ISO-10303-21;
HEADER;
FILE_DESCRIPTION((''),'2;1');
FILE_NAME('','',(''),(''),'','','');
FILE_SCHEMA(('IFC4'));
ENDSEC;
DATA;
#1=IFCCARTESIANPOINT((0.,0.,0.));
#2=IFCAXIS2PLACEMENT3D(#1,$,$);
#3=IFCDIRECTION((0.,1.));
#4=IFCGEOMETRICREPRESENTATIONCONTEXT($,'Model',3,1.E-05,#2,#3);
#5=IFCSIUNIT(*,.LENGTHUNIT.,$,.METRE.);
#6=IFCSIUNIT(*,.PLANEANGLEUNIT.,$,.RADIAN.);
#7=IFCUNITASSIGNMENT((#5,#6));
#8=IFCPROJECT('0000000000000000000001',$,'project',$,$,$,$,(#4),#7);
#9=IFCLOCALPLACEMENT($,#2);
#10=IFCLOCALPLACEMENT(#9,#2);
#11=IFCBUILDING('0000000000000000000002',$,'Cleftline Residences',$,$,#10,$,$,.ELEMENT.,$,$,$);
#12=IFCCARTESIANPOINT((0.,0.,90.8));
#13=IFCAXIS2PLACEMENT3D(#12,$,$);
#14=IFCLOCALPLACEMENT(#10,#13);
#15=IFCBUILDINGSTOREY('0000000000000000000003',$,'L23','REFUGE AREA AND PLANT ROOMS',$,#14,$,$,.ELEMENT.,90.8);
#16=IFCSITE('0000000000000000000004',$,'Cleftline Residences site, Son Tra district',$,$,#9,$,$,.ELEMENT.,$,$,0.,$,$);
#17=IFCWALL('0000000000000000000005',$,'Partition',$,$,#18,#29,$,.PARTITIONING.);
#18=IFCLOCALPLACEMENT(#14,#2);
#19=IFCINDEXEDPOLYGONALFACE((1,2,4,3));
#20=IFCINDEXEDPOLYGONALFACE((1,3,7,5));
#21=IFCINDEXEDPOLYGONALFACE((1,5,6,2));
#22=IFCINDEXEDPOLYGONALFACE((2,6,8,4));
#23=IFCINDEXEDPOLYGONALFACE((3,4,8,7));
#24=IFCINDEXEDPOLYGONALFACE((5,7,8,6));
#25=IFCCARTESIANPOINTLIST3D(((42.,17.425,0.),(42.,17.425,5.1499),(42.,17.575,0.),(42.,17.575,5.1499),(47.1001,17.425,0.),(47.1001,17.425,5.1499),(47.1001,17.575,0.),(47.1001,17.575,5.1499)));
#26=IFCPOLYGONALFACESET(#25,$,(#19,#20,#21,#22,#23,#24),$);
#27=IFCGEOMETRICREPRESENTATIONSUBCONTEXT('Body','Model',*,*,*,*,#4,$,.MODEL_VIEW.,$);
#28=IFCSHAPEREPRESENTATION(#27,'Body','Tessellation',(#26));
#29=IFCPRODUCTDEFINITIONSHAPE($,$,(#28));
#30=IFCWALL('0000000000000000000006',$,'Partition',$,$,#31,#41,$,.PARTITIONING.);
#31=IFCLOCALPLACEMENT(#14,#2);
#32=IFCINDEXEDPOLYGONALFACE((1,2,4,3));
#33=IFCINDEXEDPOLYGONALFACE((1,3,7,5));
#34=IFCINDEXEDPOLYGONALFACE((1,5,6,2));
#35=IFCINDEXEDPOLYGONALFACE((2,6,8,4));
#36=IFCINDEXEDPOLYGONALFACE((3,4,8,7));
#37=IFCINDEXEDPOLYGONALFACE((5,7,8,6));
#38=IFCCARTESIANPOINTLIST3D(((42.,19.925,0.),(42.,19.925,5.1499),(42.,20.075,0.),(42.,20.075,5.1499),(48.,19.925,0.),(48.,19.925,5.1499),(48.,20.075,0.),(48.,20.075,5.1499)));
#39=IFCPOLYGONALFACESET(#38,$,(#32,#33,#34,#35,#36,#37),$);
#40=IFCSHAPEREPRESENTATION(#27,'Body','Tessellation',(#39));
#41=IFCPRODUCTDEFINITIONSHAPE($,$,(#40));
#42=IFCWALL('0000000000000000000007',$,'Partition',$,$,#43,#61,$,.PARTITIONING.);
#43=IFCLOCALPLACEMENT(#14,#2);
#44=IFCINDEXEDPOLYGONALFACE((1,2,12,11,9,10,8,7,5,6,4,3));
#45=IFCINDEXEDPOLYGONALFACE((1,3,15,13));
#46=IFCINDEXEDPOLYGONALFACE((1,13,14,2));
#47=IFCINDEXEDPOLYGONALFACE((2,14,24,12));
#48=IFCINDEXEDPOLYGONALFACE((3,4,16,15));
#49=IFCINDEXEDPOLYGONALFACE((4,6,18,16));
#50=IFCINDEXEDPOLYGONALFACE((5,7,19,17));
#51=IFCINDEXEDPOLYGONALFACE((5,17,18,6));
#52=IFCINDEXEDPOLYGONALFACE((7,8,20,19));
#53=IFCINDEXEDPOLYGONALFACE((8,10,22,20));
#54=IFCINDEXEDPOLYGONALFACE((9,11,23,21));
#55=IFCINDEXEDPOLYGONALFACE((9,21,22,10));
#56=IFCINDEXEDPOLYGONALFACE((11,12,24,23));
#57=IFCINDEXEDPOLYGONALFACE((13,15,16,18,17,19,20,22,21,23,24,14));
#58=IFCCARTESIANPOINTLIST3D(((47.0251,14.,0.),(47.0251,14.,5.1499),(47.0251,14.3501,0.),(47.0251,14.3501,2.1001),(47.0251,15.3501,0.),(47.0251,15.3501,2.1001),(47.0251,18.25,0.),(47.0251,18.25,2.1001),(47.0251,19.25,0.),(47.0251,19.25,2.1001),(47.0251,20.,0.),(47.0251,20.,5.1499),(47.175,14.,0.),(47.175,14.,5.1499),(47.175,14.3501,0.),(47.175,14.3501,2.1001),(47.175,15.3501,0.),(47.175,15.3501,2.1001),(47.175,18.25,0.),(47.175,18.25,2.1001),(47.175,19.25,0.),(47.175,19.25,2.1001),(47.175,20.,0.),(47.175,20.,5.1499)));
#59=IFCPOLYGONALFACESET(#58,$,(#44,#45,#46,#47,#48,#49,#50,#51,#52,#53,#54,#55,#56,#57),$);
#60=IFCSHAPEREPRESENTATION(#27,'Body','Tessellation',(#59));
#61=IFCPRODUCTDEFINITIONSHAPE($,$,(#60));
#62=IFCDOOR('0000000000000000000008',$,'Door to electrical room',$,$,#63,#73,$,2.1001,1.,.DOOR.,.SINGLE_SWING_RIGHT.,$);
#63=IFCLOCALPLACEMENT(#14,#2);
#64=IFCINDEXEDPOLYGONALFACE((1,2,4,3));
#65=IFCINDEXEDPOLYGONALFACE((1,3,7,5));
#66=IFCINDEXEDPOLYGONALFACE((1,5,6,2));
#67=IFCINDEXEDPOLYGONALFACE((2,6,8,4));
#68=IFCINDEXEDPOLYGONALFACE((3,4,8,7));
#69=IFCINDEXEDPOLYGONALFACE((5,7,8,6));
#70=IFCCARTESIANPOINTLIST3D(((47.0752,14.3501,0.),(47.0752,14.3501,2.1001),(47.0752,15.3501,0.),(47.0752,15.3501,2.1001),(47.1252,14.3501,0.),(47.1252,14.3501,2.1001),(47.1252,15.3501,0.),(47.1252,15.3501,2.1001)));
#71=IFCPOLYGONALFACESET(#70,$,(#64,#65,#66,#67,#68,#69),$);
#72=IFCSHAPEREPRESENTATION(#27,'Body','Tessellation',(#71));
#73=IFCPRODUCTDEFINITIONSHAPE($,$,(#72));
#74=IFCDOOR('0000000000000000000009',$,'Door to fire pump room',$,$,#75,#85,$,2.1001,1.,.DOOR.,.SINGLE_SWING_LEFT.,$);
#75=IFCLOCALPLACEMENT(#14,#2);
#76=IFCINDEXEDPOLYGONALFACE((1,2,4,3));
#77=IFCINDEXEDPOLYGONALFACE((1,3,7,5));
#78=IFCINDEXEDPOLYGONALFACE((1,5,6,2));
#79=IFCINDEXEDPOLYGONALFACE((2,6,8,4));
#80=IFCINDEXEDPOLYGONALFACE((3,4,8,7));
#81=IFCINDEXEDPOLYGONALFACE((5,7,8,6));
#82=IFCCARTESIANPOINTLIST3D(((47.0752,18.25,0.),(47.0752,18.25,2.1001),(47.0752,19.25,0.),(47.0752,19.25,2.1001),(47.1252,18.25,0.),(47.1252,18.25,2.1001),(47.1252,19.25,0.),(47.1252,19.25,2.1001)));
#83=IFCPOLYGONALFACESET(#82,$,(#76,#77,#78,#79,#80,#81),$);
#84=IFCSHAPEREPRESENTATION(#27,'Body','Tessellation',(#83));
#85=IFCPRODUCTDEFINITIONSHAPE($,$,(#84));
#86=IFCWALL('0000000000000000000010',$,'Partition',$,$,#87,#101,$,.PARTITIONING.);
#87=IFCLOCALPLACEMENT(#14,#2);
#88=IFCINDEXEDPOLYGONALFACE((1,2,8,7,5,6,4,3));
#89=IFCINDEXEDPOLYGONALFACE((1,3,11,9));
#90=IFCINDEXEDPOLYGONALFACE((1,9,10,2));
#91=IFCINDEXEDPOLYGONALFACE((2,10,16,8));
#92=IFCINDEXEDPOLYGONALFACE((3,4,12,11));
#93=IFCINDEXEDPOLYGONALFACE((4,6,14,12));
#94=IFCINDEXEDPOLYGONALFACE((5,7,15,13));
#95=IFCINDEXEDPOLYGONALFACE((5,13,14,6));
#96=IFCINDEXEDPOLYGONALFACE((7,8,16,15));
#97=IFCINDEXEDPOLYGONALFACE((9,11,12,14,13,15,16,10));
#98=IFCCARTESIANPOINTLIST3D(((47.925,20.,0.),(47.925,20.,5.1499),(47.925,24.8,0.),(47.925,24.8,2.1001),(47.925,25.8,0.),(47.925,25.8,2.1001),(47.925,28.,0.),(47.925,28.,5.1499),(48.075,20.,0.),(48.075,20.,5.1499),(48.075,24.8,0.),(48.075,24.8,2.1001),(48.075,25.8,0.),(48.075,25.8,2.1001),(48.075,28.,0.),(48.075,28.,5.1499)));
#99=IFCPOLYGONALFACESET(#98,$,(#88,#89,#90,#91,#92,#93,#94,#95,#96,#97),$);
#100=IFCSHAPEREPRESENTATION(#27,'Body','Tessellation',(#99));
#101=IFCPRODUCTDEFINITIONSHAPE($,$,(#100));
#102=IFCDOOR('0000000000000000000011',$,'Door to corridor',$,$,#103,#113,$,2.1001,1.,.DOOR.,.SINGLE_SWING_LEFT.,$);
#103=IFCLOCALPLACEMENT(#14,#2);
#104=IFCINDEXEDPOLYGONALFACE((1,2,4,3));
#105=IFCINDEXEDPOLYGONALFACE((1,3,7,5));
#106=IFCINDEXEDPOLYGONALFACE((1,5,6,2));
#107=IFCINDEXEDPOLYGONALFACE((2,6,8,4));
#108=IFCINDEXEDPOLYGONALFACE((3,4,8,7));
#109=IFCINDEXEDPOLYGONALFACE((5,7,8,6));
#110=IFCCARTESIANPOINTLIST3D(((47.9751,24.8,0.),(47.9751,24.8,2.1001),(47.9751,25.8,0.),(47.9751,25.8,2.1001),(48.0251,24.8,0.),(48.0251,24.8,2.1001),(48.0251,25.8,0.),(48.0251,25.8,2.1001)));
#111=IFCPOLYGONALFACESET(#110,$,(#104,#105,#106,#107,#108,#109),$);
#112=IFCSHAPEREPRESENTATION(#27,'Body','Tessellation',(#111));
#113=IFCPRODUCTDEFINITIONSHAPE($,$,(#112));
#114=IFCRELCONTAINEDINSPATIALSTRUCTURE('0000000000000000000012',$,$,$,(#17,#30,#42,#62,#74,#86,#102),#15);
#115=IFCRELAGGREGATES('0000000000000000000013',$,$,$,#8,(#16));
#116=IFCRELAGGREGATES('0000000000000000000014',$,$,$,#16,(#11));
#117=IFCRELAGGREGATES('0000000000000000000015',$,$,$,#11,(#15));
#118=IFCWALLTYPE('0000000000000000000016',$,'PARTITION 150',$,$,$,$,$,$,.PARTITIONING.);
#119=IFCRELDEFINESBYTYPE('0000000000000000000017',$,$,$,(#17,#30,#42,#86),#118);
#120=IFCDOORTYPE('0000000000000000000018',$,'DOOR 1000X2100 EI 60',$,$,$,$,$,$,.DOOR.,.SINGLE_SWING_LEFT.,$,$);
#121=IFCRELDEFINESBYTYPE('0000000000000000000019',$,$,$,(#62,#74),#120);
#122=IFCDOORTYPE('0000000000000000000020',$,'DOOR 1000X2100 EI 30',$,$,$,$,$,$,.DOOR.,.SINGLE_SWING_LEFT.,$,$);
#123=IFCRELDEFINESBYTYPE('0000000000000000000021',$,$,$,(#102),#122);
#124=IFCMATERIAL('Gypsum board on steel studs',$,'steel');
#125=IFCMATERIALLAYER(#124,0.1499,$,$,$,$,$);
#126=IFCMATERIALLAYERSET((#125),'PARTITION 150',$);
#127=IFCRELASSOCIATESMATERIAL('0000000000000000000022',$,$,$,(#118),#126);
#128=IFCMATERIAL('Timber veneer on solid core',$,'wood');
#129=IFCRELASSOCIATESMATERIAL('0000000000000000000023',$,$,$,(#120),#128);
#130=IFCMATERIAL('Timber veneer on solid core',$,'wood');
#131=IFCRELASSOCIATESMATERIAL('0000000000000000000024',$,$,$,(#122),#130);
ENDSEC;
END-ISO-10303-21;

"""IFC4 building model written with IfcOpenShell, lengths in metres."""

from ifc_helpers import new_model, si_unit, direction, frame, frame_2d, origin, place, context, subcontext, project, spatial, rectangle, extrude, material, layer, layer_set, type_object, element, fill, save


model = new_model("IFC4")

# Units and contexts
model_context = context("Model", 3, precision=1e-05, world=origin(), true_north=direction((0.0, 1.0)))
body_context = subcontext(model_context, "Body", "Model", "MODEL_VIEW")
ifc_project = project(units=[si_unit("LENGTHUNIT", "METRE"), si_unit("PLANEANGLEUNIT", "RADIAN")], contexts=[model_context])

# Site, building, storey
site_placement = place(None, origin())
site = spatial("IfcSite", under=ifc_project, at=site_placement, Name="Cleftline Residences site, Son Tra district", CompositionType="ELEMENT", RefElevation=0.0)
building_placement = place(site_placement, origin())
building = spatial("IfcBuilding", under=site, at=building_placement, Name="Cleftline Residences", CompositionType="ELEMENT")
storey_placement = place(building_placement, frame((0.0, 0.0, 90.8)))
storey = spatial("IfcBuildingStorey", under=building, at=storey_placement, Name="L23", Description="REFUGE AREA AND PLANT ROOMS", CompositionType="ELEMENT", Elevation=90.8)

# Shared definitions
ifc_material_1 = material(Name="Gypsum board on steel studs", Category="steel")
ifc_layer_1 = layer(ifc_material_1, 0.1499)
ifc_layer_set_1 = layer_set([ifc_layer_1], Name="PARTITION 150")
wall_type_1 = type_object("IfcWallType", Name="PARTITION 150", PredefinedType="PARTITIONING", material=ifc_layer_set_1)
ifc_material_2 = material(Name="Timber veneer on solid core", Category="wood")
door_type_1 = type_object("IfcDoorType", Name="DOOR 1000X2100 EI 60", OperationType="SINGLE_SWING_LEFT", PredefinedType="DOOR", material=ifc_material_2)

# Walls
wall_1_placement = place(storey_placement, frame((42.0, 17.5, 0.0), z_axis=(0.0, 0.0, 1.0), x_axis=(1.0, 0.0, 0.0)))
element("IfcWall", 1, at=wall_1_placement, inside=storey, type_object=wall_type_1, Name="Partition", PredefinedType="PARTITIONING", context=body_context, shape_type="SweptSolid", body=[
    extrude(rectangle(XDim=5.1001, YDim=0.1499, at=frame_2d((2.55, 0.0))), origin(), (0.0, 0.0, 1.0), 5.1499),
])
wall_2_placement = place(storey_placement, frame((42.0, 20.0, 0.0), z_axis=(0.0, 0.0, 1.0), x_axis=(1.0, 0.0, 0.0)))
element("IfcWall", 2, at=wall_2_placement, inside=storey, type_object=wall_type_1, Name="Partition", PredefinedType="PARTITIONING", context=body_context, shape_type="SweptSolid", body=[
    extrude(rectangle(XDim=6.0, YDim=0.1499, at=frame_2d((3.0, 0.0))), origin(), (0.0, 0.0, 1.0), 5.1499),
])

# Wall, openings, doors
wall_3_placement = place(storey_placement, frame((47.1001, 14.0, 0.0), z_axis=(0.0, 0.0, 1.0), x_axis=(0.0, 1.0, 0.0)))
wall_3 = element("IfcWall", 3, at=wall_3_placement, inside=storey, type_object=wall_type_1, Name="Partition", PredefinedType="PARTITIONING", context=body_context, shape_type="SweptSolid", body=[
    extrude(rectangle(XDim=6.0, YDim=0.1499, at=frame_2d((3.0, 0.0))), origin(), (0.0, 0.0, 1.0), 5.1499),
])
opening_1_placement = place(wall_3_placement, frame((0.3501, 0.0, 0.0)))
opening_1 = element("IfcOpeningElement", 4, at=opening_1_placement, cuts=wall_3, PredefinedType="OPENING", context=body_context, shape_type="SweptSolid", body=[
    extrude(rectangle(XDim=1.0, YDim=2.1001, at=frame_2d((0.5, 1.05))), frame((0.0, 0.085, 0.0), z_axis=(0.0, -1.0, 0.0), x_axis=(1.0, 0.0, 0.0)), (0.0, 0.0, 1.0), 0.1699),
])
opening_2_placement = place(wall_3_placement, frame((4.25, 0.0, 0.0)))
opening_2 = element("IfcOpeningElement", 5, at=opening_2_placement, cuts=wall_3, PredefinedType="OPENING", context=body_context, shape_type="SweptSolid", body=[
    extrude(rectangle(XDim=1.0, YDim=2.1001, at=frame_2d((0.5, 1.05))), frame((0.0, 0.085, 0.0), z_axis=(0.0, -1.0, 0.0), x_axis=(1.0, 0.0, 0.0)), (0.0, 0.0, 1.0), 0.1699),
])
door_1_placement = place(opening_1_placement, origin())
door_1 = element("IfcDoor", 6, at=door_1_placement, inside=storey, type_object=door_type_1, Name="Door to electrical room", OperationType="SINGLE_SWING_RIGHT", OverallHeight=2.1001, OverallWidth=1.0, PredefinedType="DOOR", context=body_context, shape_type="SweptSolid", body=[
    extrude(rectangle(XDim=1.0, YDim=2.1001, at=frame_2d((0.5, 1.05))), frame((0.0, 0.0249, 0.0), z_axis=(0.0, -1.0, 0.0), x_axis=(1.0, 0.0, 0.0)), (0.0, 0.0, 1.0), 0.05),
])
fill(opening_1, door_1)
door_2_placement = place(opening_2_placement, origin())
door_2 = element("IfcDoor", 7, at=door_2_placement, inside=storey, type_object=door_type_1, Name="Door to fire pump room", OperationType="SINGLE_SWING_LEFT", OverallHeight=2.1001, OverallWidth=1.0, PredefinedType="DOOR", context=body_context, shape_type="SweptSolid", body=[
    extrude(rectangle(XDim=1.0, YDim=2.1001, at=frame_2d((0.5, 1.05))), frame((0.0, 0.0249, 0.0), z_axis=(0.0, -1.0, 0.0), x_axis=(1.0, 0.0, 0.0)), (0.0, 0.0, 1.0), 0.05),
])
fill(opening_2, door_2)

# Wall, opening, door
wall_4_placement = place(storey_placement, frame((48.0, 20.0, 0.0), z_axis=(0.0, 0.0, 1.0), x_axis=(0.0, 1.0, 0.0)))
wall_4 = element("IfcWall", 8, at=wall_4_placement, inside=storey, type_object=wall_type_1, Name="Partition", PredefinedType="PARTITIONING", context=body_context, shape_type="SweptSolid", body=[
    extrude(rectangle(XDim=8.0, YDim=0.1499, at=frame_2d((4.0, 0.0))), origin(), (0.0, 0.0, 1.0), 5.1499),
])
opening_3_placement = place(wall_4_placement, frame((4.8, 0.0, 0.0)))
opening_3 = element("IfcOpeningElement", 9, at=opening_3_placement, cuts=wall_4, PredefinedType="OPENING", context=body_context, shape_type="SweptSolid", body=[
    extrude(rectangle(XDim=1.0, YDim=2.1001, at=frame_2d((0.5, 1.05))), frame((0.0, 0.085, 0.0), z_axis=(0.0, -1.0, 0.0), x_axis=(1.0, 0.0, 0.0)), (0.0, 0.0, 1.0), 0.1699),
])
ifc_material_3 = material(Name="Timber veneer on solid core", Category="wood")
door_type_2 = type_object("IfcDoorType", Name="DOOR 1000X2100 EI 30", OperationType="SINGLE_SWING_LEFT", PredefinedType="DOOR", material=ifc_material_3)
door_3_placement = place(opening_3_placement, origin())
door_3 = element("IfcDoor", 10, at=door_3_placement, inside=storey, type_object=door_type_2, Name="Door to corridor", OperationType="SINGLE_SWING_LEFT", OverallHeight=2.1001, OverallWidth=1.0, PredefinedType="DOOR", context=body_context, shape_type="SweptSolid", body=[
    extrude(rectangle(XDim=1.0, YDim=2.1001, at=frame_2d((0.5, 1.05))), frame((0.0, 0.0249, 0.0), z_axis=(0.0, -1.0, 0.0), x_axis=(1.0, 0.0, 0.0)), (0.0, 0.0, 1.0), 0.05),
])
fill(opening_3, door_3)

save(model, "model.ifc")
